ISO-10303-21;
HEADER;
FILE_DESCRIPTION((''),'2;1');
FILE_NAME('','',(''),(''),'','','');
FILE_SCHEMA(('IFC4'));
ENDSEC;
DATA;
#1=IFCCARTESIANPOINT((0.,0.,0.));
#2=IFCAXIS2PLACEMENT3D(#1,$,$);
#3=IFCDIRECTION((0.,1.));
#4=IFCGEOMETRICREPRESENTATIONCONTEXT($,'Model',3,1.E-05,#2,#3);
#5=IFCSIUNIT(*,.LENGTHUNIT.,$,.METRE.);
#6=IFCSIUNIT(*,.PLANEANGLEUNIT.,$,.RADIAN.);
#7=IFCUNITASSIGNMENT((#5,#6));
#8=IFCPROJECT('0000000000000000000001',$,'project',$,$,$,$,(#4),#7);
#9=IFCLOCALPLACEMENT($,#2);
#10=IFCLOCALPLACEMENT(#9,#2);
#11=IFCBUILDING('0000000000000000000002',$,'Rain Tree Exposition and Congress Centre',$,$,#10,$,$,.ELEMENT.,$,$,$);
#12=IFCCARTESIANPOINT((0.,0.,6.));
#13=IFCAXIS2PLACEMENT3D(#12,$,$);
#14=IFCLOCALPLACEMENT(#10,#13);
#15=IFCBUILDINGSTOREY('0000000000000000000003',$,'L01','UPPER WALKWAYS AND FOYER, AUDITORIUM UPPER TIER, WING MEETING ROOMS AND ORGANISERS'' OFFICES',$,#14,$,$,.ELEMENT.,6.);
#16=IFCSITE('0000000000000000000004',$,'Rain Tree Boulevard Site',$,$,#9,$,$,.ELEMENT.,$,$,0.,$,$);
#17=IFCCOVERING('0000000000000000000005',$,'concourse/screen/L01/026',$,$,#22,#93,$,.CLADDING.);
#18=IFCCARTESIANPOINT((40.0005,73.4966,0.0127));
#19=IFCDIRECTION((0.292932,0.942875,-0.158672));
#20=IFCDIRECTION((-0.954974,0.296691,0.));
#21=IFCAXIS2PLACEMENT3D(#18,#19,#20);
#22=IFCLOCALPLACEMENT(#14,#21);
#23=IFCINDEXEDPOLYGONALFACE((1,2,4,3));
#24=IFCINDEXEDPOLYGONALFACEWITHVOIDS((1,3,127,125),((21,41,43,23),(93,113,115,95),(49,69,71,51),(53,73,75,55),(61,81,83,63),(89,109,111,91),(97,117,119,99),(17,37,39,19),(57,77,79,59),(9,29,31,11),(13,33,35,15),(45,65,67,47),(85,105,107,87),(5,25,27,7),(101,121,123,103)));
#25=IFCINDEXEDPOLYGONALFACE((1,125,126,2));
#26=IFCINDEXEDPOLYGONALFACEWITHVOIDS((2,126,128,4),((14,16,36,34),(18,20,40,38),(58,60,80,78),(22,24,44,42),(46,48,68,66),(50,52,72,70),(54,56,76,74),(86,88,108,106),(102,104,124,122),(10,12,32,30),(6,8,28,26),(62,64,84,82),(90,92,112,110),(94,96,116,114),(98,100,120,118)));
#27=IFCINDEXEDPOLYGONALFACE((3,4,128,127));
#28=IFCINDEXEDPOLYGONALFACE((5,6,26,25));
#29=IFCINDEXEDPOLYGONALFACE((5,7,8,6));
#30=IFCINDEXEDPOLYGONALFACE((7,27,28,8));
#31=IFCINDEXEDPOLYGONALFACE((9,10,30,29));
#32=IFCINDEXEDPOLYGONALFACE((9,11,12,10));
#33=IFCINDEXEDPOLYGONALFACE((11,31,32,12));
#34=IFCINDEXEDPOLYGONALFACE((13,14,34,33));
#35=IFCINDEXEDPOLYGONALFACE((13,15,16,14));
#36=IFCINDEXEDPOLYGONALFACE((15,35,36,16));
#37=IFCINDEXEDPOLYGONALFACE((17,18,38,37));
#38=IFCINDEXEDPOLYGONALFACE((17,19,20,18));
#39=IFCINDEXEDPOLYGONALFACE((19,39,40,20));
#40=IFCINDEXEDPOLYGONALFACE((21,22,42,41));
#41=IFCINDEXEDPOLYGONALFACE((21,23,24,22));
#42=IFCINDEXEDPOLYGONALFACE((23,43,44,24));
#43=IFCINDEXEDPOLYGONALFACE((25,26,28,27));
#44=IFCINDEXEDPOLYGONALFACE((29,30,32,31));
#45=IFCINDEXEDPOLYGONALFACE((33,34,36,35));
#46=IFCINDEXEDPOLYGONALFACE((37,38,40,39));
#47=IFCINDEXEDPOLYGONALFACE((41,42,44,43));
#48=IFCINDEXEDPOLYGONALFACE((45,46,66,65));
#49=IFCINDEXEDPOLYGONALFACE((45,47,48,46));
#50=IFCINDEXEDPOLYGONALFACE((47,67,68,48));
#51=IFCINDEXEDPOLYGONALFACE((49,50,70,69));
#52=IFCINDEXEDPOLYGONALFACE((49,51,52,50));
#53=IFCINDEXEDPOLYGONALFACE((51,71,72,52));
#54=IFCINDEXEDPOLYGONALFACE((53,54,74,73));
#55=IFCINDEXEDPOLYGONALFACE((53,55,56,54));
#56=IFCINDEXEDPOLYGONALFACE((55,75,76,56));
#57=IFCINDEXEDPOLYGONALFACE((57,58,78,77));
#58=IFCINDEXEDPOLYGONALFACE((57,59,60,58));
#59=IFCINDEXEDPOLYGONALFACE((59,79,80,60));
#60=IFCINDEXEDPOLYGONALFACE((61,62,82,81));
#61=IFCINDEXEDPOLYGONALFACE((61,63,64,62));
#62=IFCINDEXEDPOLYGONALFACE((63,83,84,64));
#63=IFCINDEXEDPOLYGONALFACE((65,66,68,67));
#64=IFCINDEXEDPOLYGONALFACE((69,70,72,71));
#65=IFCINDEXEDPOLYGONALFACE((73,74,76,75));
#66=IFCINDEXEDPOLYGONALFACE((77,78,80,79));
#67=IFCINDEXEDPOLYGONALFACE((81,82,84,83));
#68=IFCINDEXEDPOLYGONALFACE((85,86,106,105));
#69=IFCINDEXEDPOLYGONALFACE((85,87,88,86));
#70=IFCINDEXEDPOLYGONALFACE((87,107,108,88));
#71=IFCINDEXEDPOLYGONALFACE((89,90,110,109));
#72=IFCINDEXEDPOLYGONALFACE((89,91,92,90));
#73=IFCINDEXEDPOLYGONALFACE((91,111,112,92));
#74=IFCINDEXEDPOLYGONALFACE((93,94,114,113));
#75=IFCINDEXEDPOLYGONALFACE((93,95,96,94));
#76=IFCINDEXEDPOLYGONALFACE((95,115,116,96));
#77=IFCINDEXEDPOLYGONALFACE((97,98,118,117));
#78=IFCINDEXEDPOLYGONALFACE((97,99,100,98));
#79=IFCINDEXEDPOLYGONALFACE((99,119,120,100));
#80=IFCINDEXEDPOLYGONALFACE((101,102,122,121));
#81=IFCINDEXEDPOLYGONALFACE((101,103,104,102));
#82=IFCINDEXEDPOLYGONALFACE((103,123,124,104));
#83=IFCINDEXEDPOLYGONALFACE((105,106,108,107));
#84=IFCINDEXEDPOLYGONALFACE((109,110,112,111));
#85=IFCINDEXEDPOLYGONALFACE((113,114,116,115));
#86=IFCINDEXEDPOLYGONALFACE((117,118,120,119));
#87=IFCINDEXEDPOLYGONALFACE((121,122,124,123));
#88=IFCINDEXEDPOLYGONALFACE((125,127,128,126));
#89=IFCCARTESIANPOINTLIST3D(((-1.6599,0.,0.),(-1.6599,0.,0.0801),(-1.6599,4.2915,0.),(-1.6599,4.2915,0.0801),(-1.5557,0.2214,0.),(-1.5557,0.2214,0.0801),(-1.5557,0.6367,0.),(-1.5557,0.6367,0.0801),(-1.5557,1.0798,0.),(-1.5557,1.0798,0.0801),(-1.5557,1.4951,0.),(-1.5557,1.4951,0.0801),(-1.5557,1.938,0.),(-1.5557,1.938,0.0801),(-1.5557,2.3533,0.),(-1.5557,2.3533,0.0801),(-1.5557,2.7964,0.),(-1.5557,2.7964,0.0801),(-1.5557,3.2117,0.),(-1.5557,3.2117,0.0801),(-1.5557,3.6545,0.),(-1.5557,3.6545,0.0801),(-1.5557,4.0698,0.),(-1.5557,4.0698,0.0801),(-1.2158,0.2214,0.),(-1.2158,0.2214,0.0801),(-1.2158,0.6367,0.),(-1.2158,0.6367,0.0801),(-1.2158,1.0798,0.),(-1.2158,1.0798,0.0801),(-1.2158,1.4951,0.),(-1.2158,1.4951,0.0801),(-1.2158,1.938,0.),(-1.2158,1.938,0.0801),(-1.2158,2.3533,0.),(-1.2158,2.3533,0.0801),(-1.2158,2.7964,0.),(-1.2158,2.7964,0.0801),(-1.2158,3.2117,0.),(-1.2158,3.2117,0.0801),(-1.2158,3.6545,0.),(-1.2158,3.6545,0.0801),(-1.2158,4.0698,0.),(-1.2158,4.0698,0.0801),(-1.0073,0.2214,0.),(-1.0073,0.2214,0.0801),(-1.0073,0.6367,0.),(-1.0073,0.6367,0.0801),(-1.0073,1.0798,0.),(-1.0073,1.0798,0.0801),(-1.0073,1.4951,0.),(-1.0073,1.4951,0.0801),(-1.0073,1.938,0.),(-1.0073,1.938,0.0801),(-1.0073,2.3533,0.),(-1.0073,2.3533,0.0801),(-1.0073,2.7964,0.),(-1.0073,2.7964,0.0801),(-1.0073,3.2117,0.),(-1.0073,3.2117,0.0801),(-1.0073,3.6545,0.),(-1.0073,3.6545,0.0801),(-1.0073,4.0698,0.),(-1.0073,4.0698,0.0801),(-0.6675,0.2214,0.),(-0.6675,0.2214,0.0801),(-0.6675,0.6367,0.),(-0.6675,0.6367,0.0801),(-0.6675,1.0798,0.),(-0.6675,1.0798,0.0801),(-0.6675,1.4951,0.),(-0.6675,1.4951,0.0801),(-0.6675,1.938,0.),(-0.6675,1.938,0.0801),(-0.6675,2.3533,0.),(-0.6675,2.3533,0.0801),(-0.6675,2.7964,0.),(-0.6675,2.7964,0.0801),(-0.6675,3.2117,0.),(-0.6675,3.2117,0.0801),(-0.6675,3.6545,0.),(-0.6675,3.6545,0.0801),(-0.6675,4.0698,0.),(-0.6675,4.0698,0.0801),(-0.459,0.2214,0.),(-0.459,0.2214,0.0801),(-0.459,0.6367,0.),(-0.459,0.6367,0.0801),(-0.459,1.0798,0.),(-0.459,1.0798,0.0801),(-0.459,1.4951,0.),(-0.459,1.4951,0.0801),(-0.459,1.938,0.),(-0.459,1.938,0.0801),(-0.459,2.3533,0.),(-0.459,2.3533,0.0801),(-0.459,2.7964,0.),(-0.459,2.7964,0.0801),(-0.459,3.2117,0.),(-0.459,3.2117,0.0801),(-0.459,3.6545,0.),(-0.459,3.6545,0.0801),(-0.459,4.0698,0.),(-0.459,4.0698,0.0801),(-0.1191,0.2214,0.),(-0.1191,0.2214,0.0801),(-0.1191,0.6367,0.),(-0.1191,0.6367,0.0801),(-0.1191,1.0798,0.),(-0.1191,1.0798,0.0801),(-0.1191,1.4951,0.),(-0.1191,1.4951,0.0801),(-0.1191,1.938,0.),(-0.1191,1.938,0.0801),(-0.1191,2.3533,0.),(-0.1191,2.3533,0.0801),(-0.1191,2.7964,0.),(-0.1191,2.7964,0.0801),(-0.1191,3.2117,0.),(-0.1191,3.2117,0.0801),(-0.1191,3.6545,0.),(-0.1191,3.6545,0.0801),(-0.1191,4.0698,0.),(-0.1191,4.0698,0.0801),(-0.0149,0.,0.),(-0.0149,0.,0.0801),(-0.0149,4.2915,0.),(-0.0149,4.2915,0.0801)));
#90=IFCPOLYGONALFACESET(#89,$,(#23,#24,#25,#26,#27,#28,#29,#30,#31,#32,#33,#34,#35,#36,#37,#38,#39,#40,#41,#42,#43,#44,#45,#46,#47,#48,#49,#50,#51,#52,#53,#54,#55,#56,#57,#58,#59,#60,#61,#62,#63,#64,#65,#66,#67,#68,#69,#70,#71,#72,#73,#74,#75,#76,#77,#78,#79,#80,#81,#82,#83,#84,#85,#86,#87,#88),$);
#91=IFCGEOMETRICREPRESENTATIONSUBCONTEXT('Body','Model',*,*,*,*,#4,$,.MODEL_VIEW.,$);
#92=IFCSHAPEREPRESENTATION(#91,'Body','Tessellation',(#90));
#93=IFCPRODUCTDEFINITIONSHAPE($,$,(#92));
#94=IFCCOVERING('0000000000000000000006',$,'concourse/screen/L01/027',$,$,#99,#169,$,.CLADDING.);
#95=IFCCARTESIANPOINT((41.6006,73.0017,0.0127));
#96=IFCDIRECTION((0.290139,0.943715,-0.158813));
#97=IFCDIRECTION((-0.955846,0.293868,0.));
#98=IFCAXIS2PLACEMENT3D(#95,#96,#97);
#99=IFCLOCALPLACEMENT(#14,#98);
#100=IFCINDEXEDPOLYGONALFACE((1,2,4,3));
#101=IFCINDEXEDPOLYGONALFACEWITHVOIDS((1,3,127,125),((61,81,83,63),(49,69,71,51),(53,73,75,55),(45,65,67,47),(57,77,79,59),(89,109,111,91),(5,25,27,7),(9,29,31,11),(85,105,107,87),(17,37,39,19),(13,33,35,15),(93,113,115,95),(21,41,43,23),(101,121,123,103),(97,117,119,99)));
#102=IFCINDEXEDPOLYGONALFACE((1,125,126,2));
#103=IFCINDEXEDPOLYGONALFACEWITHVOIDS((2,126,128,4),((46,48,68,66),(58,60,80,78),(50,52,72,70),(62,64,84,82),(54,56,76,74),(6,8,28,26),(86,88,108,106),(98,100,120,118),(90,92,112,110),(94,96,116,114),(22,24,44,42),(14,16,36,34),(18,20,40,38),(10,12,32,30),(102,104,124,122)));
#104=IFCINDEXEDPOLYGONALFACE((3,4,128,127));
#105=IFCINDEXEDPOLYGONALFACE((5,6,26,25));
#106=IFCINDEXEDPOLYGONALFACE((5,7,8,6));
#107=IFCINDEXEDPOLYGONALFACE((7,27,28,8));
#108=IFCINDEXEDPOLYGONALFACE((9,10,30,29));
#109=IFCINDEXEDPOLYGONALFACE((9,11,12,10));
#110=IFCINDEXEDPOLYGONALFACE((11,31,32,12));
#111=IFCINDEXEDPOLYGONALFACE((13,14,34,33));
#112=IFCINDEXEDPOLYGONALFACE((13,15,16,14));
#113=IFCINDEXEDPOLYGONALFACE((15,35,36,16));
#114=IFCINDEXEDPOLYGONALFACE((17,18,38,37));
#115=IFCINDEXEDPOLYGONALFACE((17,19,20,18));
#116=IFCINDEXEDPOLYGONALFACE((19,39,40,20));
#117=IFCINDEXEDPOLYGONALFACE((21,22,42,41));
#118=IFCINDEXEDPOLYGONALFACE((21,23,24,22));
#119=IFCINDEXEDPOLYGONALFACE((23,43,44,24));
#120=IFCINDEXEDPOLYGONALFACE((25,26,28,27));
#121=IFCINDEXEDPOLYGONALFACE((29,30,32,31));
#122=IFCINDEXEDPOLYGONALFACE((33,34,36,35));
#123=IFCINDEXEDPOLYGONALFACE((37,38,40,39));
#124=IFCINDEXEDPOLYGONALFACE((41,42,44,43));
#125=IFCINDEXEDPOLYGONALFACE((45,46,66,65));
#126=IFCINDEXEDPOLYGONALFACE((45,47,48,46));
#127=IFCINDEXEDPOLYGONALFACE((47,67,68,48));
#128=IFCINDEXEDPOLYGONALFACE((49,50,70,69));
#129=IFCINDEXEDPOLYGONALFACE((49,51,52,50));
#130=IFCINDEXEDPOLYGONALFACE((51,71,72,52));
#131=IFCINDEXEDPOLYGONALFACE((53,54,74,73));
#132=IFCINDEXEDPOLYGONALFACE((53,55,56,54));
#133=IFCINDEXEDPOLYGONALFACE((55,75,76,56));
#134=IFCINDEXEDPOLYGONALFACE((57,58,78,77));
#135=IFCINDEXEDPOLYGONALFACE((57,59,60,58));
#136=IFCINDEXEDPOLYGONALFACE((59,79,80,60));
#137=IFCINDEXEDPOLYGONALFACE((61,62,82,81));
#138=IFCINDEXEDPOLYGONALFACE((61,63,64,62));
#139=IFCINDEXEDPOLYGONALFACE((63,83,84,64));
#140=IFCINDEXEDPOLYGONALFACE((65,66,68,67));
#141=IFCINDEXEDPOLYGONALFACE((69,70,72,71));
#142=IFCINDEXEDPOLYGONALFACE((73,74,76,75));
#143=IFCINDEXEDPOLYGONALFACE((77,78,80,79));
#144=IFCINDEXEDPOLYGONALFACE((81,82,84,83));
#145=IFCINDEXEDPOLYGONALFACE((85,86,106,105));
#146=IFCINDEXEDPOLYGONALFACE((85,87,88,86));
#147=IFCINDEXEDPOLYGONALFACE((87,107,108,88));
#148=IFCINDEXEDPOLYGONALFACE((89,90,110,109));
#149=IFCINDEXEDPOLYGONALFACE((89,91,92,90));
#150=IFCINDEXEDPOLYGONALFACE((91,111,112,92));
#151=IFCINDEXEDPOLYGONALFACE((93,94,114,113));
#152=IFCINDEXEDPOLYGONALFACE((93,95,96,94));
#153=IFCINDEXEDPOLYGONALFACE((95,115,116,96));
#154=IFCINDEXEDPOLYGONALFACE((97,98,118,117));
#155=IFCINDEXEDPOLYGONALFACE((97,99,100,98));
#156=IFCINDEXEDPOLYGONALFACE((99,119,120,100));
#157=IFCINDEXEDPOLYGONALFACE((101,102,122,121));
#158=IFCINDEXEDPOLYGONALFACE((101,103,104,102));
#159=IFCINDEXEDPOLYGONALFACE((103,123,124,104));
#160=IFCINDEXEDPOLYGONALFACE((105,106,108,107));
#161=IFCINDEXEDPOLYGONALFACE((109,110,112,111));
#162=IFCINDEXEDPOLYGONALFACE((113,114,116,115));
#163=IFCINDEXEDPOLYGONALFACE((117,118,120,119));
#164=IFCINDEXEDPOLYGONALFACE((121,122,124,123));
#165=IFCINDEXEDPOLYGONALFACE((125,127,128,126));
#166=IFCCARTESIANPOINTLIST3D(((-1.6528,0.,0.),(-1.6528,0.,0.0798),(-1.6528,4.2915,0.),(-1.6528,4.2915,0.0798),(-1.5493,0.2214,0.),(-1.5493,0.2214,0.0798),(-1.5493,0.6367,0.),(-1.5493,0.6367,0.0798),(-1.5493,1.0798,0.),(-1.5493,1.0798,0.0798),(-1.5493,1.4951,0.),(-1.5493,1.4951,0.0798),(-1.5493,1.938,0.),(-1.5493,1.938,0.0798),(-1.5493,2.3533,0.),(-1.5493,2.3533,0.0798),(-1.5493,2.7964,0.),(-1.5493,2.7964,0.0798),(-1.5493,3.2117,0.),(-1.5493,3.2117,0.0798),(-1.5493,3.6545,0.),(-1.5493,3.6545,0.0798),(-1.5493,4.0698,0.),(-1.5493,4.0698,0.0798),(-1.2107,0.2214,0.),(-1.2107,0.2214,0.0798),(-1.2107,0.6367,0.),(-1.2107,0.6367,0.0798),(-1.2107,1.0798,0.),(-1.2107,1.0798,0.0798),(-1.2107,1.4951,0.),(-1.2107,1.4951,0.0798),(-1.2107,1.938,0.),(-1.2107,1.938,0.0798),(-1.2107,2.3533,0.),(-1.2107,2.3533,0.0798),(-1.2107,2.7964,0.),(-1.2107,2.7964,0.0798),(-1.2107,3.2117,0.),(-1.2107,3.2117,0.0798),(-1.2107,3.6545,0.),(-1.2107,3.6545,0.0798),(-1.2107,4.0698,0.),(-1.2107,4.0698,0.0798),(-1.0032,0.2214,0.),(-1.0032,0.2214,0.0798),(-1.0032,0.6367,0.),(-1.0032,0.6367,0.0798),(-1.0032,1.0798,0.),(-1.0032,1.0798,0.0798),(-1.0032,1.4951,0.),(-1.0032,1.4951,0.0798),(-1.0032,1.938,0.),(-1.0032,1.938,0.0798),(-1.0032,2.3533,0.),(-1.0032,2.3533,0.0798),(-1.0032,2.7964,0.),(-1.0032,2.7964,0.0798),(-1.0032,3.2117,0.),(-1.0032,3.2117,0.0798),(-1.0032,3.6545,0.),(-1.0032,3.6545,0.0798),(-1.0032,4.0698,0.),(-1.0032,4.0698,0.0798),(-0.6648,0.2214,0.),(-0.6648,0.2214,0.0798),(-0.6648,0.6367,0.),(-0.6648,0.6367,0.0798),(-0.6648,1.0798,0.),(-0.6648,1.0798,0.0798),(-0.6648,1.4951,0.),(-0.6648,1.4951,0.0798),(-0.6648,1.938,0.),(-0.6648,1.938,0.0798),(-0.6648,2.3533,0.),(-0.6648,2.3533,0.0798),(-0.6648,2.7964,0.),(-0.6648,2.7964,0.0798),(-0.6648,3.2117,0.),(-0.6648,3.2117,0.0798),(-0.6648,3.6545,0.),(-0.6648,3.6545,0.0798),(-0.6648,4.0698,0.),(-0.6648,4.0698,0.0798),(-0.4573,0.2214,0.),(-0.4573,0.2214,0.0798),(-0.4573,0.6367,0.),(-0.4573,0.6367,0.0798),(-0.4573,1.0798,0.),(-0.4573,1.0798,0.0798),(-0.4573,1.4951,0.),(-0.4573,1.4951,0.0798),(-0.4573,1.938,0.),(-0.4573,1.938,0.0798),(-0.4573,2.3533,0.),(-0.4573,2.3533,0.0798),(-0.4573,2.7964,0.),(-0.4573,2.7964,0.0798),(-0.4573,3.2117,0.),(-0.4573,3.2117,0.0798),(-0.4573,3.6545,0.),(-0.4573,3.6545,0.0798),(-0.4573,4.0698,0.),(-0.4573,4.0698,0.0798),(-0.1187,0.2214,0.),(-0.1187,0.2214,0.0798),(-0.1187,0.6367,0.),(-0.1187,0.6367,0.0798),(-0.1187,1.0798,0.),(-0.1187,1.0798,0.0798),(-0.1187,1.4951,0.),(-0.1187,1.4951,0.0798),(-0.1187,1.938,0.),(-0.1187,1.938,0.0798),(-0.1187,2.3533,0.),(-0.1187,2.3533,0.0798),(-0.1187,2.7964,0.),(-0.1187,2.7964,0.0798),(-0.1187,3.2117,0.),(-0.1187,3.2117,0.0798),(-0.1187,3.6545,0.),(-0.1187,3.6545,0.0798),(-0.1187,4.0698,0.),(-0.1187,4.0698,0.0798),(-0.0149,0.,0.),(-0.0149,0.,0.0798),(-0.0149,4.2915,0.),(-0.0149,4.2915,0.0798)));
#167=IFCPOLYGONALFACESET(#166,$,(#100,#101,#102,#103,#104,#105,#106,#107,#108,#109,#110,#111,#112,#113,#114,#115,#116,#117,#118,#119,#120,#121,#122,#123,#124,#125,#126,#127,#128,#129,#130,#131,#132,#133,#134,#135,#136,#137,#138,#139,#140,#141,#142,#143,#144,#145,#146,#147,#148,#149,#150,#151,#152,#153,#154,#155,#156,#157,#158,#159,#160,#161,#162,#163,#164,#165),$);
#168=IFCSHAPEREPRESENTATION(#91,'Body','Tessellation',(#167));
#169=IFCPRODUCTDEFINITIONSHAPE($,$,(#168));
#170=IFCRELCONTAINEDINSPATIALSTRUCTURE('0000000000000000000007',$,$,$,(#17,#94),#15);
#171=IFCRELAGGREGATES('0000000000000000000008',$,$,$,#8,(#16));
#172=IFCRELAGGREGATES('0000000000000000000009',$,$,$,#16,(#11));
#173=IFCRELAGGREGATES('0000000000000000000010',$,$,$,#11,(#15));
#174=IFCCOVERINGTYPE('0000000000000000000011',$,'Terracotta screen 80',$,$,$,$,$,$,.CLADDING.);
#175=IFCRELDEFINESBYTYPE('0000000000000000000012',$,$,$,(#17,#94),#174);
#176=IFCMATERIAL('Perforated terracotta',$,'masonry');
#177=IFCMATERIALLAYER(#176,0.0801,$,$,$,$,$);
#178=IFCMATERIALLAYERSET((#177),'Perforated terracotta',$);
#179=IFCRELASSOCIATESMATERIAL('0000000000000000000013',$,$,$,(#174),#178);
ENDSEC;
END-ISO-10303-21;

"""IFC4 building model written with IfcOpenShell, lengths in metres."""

from ifc_helpers import new_model, si_unit, direction, frame, origin, place, context, subcontext, project, spatial, polyline, outline, extrude, material, layer, layer_set, type_object, element, save


model = new_model("IFC4")

# Units and contexts
model_context = context("Model", 3, precision=1e-05, world=origin(), true_north=direction((0.0, 1.0)))
body_context = subcontext(model_context, "Body", "Model", "MODEL_VIEW")
ifc_project = project(units=[si_unit("LENGTHUNIT", "METRE"), si_unit("PLANEANGLEUNIT", "RADIAN")], contexts=[model_context])

# Site, building, storey
site_placement = place(None, origin())
site = spatial("IfcSite", under=ifc_project, at=site_placement, Name="Rain Tree Boulevard Site", CompositionType="ELEMENT", RefElevation=0.0)
building_placement = place(site_placement, origin())
building = spatial("IfcBuilding", under=site, at=building_placement, Name="Rain Tree Exposition and Congress Centre", CompositionType="ELEMENT")
storey_placement = place(building_placement, frame((0.0, 0.0, 6.0)))
storey = spatial("IfcBuildingStorey", under=building, at=storey_placement, Name="L01", Description="UPPER WALKWAYS AND FOYER, AUDITORIUM UPPER TIER, WING MEETING ROOMS AND ORGANISERS' OFFICES", CompositionType="ELEMENT", Elevation=6.0)

# Coverings
ifc_material_1 = material(Name="Perforated terracotta", Category="masonry")
ifc_layer = layer(ifc_material_1, 0.0801)
ifc_layer_set = layer_set([ifc_layer], Name="Perforated terracotta")
covering_type = type_object("IfcCoveringType", Name="Terracotta screen 80", PredefinedType="CLADDING", material=ifc_layer_set)
covering_1_placement = place(storey_placement, frame((40.0005, 73.4966, 0.0127), z_axis=(0.292932, 0.942875, -0.158672), x_axis=(-0.954974, 0.296691, 0.0)))
element("IfcCovering", 1, at=covering_1_placement, inside=storey, type_object=covering_type, Name="concourse/screen/L01/026", PredefinedType="CLADDING", context=body_context, shape_type="SweptSolid", body=[
    extrude(outline(polyline([(-1.6599, 0.0), (-1.6599, 4.2915), (-0.0149, 4.2915), (-0.0149, 0.0), (-1.6599, 0.0)]), holes=[polyline([(-0.1191, 0.2214), (-0.1191, 0.6367), (-0.459, 0.6367), (-0.459, 0.2214), (-0.1191, 0.2214)]), polyline([(-0.1191, 1.0798), (-0.1191, 1.4951), (-0.459, 1.4951), (-0.459, 1.0798), (-0.1191, 1.0798)]), polyline([(-0.1191, 1.938), (-0.1191, 2.3533), (-0.459, 2.3533), (-0.459, 1.938), (-0.1191, 1.938)]), polyline([(-0.1191, 2.7964), (-0.1191, 3.2117), (-0.459, 3.2117), (-0.459, 2.7964), (-0.1191, 2.7964)]), polyline([(-0.1191, 3.6545), (-0.1191, 4.0698), (-0.459, 4.0698), (-0.459, 3.6545), (-0.1191, 3.6545)]), polyline([(-0.6675, 0.2214), (-0.6675, 0.6367), (-1.0073, 0.6367), (-1.0073, 0.2214), (-0.6675, 0.2214)]), polyline([(-0.6675, 1.0798), (-0.6675, 1.4951), (-1.0073, 1.4951), (-1.0073, 1.0798), (-0.6675, 1.0798)]), polyline([(-0.6675, 1.938), (-0.6675, 2.3533), (-1.0073, 2.3533), (-1.0073, 1.938), (-0.6675, 1.938)]), polyline([(-0.6675, 2.7964), (-0.6675, 3.2117), (-1.0073, 3.2117), (-1.0073, 2.7964), (-0.6675, 2.7964)]), polyline([(-0.6675, 3.6545), (-0.6675, 4.0698), (-1.0073, 4.0698), (-1.0073, 3.6545), (-0.6675, 3.6545)]), polyline([(-1.2158, 0.2214), (-1.2158, 0.6367), (-1.5557, 0.6367), (-1.5557, 0.2214), (-1.2158, 0.2214)]), polyline([(-1.2158, 1.0798), (-1.2158, 1.4951), (-1.5557, 1.4951), (-1.5557, 1.0798), (-1.2158, 1.0798)]), polyline([(-1.2158, 1.938), (-1.2158, 2.3533), (-1.5557, 2.3533), (-1.5557, 1.938), (-1.2158, 1.938)]), polyline([(-1.2158, 2.7964), (-1.2158, 3.2117), (-1.5557, 3.2117), (-1.5557, 2.7964), (-1.2158, 2.7964)]), polyline([(-1.2158, 3.6545), (-1.2158, 4.0698), (-1.5557, 4.0698), (-1.5557, 3.6545), (-1.2158, 3.6545)])]), origin(), (0.0, 0.0, 1.0), 0.0801),
])
covering_2_placement = place(storey_placement, frame((41.6006, 73.0017, 0.0127), z_axis=(0.290139, 0.943715, -0.158813), x_axis=(-0.955846, 0.293868, 0.0)))
element("IfcCovering", 2, at=covering_2_placement, inside=storey, type_object=covering_type, Name="concourse/screen/L01/027", PredefinedType="CLADDING", context=body_context, shape_type="SweptSolid", body=[
    extrude(outline(polyline([(-1.6528, 0.0), (-1.6528, 4.2915), (-0.0149, 4.2915), (-0.0149, 0.0), (-1.6528, 0.0)]), holes=[polyline([(-0.1187, 0.2214), (-0.1187, 0.6367), (-0.4573, 0.6367), (-0.4573, 0.2214), (-0.1187, 0.2214)]), polyline([(-0.1187, 1.0798), (-0.1187, 1.4951), (-0.4573, 1.4951), (-0.4573, 1.0798), (-0.1187, 1.0798)]), polyline([(-0.1187, 1.938), (-0.1187, 2.3533), (-0.4573, 2.3533), (-0.4573, 1.938), (-0.1187, 1.938)]), polyline([(-0.1187, 2.7964), (-0.1187, 3.2117), (-0.4573, 3.2117), (-0.4573, 2.7964), (-0.1187, 2.7964)]), polyline([(-0.1187, 3.6545), (-0.1187, 4.0698), (-0.4573, 4.0698), (-0.4573, 3.6545), (-0.1187, 3.6545)]), polyline([(-0.6648, 0.2214), (-0.6648, 0.6367), (-1.0032, 0.6367), (-1.0032, 0.2214), (-0.6648, 0.2214)]), polyline([(-0.6648, 1.0798), (-0.6648, 1.4951), (-1.0032, 1.4951), (-1.0032, 1.0798), (-0.6648, 1.0798)]), polyline([(-0.6648, 1.938), (-0.6648, 2.3533), (-1.0032, 2.3533), (-1.0032, 1.938), (-0.6648, 1.938)]), polyline([(-0.6648, 2.7964), (-0.6648, 3.2117), (-1.0032, 3.2117), (-1.0032, 2.7964), (-0.6648, 2.7964)]), polyline([(-0.6648, 3.6545), (-0.6648, 4.0698), (-1.0032, 4.0698), (-1.0032, 3.6545), (-0.6648, 3.6545)]), polyline([(-1.2107, 0.2214), (-1.2107, 0.6367), (-1.5493, 0.6367), (-1.5493, 0.2214), (-1.2107, 0.2214)]), polyline([(-1.2107, 1.0798), (-1.2107, 1.4951), (-1.5493, 1.4951), (-1.5493, 1.0798), (-1.2107, 1.0798)]), polyline([(-1.2107, 1.938), (-1.2107, 2.3533), (-1.5493, 2.3533), (-1.5493, 1.938), (-1.2107, 1.938)]), polyline([(-1.2107, 2.7964), (-1.2107, 3.2117), (-1.5493, 3.2117), (-1.5493, 2.7964), (-1.2107, 2.7964)]), polyline([(-1.2107, 3.6545), (-1.2107, 4.0698), (-1.5493, 4.0698), (-1.5493, 3.6545), (-1.2107, 3.6545)])]), origin(), (0.0, 0.0, 1.0), 0.0798),
])

save(model, "model.ifc")
